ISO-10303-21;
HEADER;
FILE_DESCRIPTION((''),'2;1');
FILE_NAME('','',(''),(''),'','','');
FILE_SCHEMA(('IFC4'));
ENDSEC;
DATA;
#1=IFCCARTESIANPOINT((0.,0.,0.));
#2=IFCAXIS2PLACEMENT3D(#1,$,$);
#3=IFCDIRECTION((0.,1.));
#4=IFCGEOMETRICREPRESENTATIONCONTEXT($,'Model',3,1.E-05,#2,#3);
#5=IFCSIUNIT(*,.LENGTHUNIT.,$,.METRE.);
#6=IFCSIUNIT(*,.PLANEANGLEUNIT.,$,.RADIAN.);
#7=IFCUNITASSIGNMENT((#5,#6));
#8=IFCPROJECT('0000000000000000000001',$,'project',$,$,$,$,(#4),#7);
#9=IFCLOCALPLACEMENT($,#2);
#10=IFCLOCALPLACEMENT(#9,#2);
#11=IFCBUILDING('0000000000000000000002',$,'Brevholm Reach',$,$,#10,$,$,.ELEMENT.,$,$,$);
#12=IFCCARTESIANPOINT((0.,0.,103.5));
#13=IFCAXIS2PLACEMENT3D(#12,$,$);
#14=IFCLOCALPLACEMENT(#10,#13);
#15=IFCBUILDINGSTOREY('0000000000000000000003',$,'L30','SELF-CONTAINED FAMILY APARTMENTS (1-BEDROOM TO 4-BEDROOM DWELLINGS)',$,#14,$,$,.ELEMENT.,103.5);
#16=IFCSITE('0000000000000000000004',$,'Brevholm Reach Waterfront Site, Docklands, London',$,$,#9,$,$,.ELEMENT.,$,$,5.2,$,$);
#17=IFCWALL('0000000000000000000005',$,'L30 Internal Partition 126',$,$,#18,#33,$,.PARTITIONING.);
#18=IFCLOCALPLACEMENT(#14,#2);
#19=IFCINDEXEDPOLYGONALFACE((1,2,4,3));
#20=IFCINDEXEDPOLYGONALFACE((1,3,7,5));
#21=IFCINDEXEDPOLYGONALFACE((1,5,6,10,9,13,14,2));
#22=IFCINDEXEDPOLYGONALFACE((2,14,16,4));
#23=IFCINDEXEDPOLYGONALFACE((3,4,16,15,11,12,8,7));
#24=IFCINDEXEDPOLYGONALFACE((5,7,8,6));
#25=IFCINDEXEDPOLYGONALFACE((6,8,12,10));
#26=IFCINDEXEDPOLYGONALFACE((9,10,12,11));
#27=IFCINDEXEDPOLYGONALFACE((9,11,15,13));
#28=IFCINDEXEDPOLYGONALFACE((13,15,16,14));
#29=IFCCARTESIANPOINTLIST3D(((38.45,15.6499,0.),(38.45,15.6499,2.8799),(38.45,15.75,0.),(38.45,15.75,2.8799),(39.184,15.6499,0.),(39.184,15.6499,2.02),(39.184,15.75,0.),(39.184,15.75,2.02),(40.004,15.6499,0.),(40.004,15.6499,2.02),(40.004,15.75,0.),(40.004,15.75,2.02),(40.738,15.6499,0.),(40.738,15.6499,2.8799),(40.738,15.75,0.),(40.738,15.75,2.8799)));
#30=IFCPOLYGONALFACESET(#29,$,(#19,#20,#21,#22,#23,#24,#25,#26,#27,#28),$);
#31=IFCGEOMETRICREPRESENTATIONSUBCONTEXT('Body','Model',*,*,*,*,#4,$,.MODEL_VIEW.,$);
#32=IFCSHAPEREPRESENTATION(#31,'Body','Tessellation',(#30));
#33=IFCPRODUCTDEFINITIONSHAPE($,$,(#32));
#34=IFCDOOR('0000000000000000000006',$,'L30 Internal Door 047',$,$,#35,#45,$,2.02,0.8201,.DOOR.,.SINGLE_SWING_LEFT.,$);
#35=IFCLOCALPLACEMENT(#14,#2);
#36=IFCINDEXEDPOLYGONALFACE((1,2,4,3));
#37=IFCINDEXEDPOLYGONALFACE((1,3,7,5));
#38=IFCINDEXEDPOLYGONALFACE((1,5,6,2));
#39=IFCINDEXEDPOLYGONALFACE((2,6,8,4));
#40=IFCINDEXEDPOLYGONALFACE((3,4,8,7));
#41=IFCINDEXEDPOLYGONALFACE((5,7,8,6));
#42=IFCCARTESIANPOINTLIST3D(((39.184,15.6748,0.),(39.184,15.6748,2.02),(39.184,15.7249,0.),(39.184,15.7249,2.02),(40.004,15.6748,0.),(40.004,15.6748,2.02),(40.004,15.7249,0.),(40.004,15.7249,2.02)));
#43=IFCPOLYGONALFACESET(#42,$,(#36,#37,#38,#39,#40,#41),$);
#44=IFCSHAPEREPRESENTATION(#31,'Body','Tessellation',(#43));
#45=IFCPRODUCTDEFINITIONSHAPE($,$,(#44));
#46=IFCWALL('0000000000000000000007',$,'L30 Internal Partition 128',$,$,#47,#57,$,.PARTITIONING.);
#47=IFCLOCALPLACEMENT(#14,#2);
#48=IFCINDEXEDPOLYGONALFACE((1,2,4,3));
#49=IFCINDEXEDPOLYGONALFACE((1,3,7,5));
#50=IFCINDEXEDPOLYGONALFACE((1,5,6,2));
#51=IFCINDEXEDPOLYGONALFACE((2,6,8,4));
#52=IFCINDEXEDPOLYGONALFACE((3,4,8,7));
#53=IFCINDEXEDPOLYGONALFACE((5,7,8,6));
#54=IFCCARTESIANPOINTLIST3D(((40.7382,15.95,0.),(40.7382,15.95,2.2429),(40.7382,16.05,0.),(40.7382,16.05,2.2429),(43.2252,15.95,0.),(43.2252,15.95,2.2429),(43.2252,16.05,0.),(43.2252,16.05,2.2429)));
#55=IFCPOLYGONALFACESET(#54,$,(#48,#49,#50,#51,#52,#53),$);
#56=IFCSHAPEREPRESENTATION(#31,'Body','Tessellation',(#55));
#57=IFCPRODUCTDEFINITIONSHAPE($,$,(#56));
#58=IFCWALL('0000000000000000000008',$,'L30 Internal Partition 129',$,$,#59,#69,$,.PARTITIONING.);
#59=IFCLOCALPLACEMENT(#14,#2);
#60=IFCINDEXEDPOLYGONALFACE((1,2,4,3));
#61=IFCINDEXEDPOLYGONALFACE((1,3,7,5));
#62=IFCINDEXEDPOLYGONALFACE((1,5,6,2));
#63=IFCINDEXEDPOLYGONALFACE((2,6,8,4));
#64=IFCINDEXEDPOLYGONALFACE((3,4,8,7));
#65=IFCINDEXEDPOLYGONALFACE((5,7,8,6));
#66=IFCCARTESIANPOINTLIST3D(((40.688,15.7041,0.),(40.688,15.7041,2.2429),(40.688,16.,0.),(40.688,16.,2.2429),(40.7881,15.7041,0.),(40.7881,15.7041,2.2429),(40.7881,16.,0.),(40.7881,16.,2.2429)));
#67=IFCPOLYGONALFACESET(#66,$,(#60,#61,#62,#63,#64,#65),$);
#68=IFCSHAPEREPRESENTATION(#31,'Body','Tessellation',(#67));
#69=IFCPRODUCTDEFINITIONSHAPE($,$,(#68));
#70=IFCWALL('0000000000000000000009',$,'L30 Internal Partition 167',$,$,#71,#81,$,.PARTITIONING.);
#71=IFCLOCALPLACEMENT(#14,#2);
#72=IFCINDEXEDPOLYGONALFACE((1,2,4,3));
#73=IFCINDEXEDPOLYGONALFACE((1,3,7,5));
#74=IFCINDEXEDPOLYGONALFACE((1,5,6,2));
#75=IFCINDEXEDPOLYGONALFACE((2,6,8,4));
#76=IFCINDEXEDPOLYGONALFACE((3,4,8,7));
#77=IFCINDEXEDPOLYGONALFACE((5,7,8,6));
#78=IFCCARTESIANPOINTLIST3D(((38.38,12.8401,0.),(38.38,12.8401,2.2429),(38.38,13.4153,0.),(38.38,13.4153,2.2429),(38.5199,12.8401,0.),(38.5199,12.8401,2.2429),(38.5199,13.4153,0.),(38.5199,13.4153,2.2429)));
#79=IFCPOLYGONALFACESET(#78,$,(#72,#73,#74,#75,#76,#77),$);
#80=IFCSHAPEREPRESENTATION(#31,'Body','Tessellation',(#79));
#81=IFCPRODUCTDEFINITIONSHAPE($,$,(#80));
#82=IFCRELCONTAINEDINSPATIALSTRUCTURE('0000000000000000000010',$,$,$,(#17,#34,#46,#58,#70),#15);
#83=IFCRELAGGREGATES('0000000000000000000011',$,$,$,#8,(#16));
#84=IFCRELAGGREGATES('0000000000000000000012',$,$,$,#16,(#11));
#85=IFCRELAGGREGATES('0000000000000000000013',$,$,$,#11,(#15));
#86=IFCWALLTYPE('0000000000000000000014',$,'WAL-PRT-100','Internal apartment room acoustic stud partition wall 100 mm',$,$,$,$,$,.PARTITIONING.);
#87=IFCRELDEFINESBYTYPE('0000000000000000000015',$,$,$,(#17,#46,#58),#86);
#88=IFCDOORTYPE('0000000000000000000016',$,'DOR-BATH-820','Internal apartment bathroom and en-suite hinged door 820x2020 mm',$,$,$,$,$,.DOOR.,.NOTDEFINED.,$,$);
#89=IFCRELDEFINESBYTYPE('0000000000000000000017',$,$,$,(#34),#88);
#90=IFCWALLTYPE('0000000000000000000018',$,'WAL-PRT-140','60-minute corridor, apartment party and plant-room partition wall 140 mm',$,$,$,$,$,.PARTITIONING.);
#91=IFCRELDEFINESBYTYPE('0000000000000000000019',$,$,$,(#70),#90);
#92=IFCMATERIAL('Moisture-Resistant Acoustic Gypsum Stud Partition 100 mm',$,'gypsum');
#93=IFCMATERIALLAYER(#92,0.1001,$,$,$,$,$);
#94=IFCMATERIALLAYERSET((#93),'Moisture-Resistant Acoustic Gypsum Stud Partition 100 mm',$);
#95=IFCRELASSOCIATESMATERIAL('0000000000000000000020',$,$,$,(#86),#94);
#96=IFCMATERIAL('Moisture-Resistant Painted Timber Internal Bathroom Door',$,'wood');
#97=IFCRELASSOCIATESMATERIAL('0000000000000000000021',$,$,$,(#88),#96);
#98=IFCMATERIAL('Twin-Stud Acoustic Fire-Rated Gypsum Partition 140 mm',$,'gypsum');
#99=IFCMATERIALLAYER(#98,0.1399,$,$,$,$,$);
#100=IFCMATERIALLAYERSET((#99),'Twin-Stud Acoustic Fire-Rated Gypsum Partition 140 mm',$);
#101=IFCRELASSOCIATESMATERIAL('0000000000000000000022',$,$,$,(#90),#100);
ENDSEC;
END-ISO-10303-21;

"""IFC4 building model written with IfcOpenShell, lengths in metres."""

from ifc_helpers import new_model, si_unit, direction, frame, frame_2d, origin, place, context, subcontext, project, spatial, rectangle, extrude, material, layer, layer_set, type_object, element, fill, save


model = new_model("IFC4")

# Units and contexts
model_context = context("Model", 3, precision=1e-05, world=origin(), true_north=direction((0.0, 1.0)))
body_context = subcontext(model_context, "Body", "Model", "MODEL_VIEW")
ifc_project = project(units=[si_unit("LENGTHUNIT", "METRE"), si_unit("PLANEANGLEUNIT", "RADIAN")], contexts=[model_context])

# Site, building, storey
site_placement = place(None, origin())
site = spatial("IfcSite", under=ifc_project, at=site_placement, Name="Brevholm Reach Waterfront Site, Docklands, London", CompositionType="ELEMENT", RefElevation=5.2)
building_placement = place(site_placement, origin())
building = spatial("IfcBuilding", under=site, at=building_placement, Name="Brevholm Reach", CompositionType="ELEMENT")
storey_placement = place(building_placement, frame((0.0, 0.0, 103.5)))
storey = spatial("IfcBuildingStorey", under=building, at=storey_placement, Name="L30", Description="SELF-CONTAINED FAMILY APARTMENTS (1-BEDROOM TO 4-BEDROOM DWELLINGS)", CompositionType="ELEMENT", Elevation=103.5)

# Wall, opening, door
ifc_material_1 = material(Name="Moisture-Resistant Acoustic Gypsum Stud Partition 100 mm", Category="gypsum")
ifc_layer_1 = layer(ifc_material_1, 0.1001)
ifc_layer_set_1 = layer_set([ifc_layer_1], Name="Moisture-Resistant Acoustic Gypsum Stud Partition 100 mm")
wall_type_1 = type_object("IfcWallType", Name="WAL-PRT-100", Description="Internal apartment room acoustic stud partition wall 100 mm", PredefinedType="PARTITIONING", material=ifc_layer_set_1)
wall_1_placement = place(storey_placement, frame((38.45, 15.7, 0.0), z_axis=(0.0, 0.0, 1.0), x_axis=(1.0, 0.0, 0.0)))
wall_1 = element("IfcWall", 1, at=wall_1_placement, inside=storey, type_object=wall_type_1, Name="L30 Internal Partition 126", PredefinedType="PARTITIONING", context=body_context, shape_type="SweptSolid", body=[
    extrude(rectangle(XDim=2.2881, YDim=0.1001, at=frame_2d((1.144, 0.0))), origin(), (0.0, 0.0, 1.0), 2.8799),
])
opening_1_placement = place(wall_1_placement, frame((0.7339, 0.0, 0.0)))
opening_1 = element("IfcOpeningElement", 2, at=opening_1_placement, cuts=wall_1, PredefinedType="OPENING", context=body_context, shape_type="SweptSolid", body=[
    extrude(rectangle(XDim=0.8201, YDim=2.02, at=frame_2d((0.4102, 1.01))), frame((0.0, 0.0601, 0.0), z_axis=(0.0, -1.0, 0.0), x_axis=(1.0, 0.0, 0.0)), (0.0, 0.0, 1.0), 0.1201),
])
ifc_material_2 = material(Name="Moisture-Resistant Painted Timber Internal Bathroom Door", Category="wood")
door_type = type_object("IfcDoorType", Name="DOR-BATH-820", Description="Internal apartment bathroom and en-suite hinged door 820x2020 mm", OperationType="NOTDEFINED", PredefinedType="DOOR", material=ifc_material_2)
door_placement = place(opening_1_placement, origin())
door = element("IfcDoor", 3, at=door_placement, inside=storey, type_object=door_type, Name="L30 Internal Door 047", OperationType="SINGLE_SWING_LEFT", OverallHeight=2.02, OverallWidth=0.8201, PredefinedType="DOOR", context=body_context, shape_type="SweptSolid", body=[
    extrude(rectangle(XDim=0.8201, YDim=2.02, at=frame_2d((0.4102, 1.01))), frame((0.0, 0.0249, 0.0), z_axis=(0.0, -1.0, 0.0), x_axis=(1.0, 0.0, 0.0)), (0.0, 0.0, 1.0), 0.05),
])
fill(opening_1, door)

# Walls
wall_2_placement = place(storey_placement, frame((40.738, 16.0, 0.0), z_axis=(0.0, 0.0, 1.0), x_axis=(1.0, 0.0, 0.0)))
element("IfcWall", 4, at=wall_2_placement, inside=storey, type_object=wall_type_1, Name="L30 Internal Partition 128", PredefinedType="PARTITIONING", context=body_context, shape_type="SweptSolid", body=[
    extrude(rectangle(XDim=2.4871, YDim=0.1001, at=frame_2d((1.2437, 0.0))), origin(), (0.0, 0.0, 1.0), 2.2429),
])
wall_3_placement = place(storey_placement, frame((40.738, 15.7041, 0.0), z_axis=(0.0, 0.0, 1.0), x_axis=(0.0, 1.0, 0.0)))
element("IfcWall", 5, at=wall_3_placement, inside=storey, type_object=wall_type_1, Name="L30 Internal Partition 129", PredefinedType="PARTITIONING", context=body_context, shape_type="SweptSolid", body=[
    extrude(rectangle(XDim=0.2959, YDim=0.1001, at=frame_2d((0.1479, 0.0))), origin(), (0.0, 0.0, 1.0), 2.2429),
])
ifc_material_3 = material(Name="Twin-Stud Acoustic Fire-Rated Gypsum Partition 140 mm", Category="gypsum")
ifc_layer_2 = layer(ifc_material_3, 0.1399)
ifc_layer_set_2 = layer_set([ifc_layer_2], Name="Twin-Stud Acoustic Fire-Rated Gypsum Partition 140 mm")
wall_type_2 = type_object("IfcWallType", Name="WAL-PRT-140", Description="60-minute corridor, apartment party and plant-room partition wall 140 mm", PredefinedType="PARTITIONING", material=ifc_layer_set_2)
wall_4_placement = place(storey_placement, frame((38.45, 12.8401, 0.0), z_axis=(0.0, 0.0, 1.0), x_axis=(0.0, 1.0, 0.0)))
element("IfcWall", 6, at=wall_4_placement, inside=storey, type_object=wall_type_2, Name="L30 Internal Partition 167", PredefinedType="PARTITIONING", context=body_context, shape_type="SweptSolid", body=[
    extrude(rectangle(XDim=0.5752, YDim=0.1399, at=frame_2d((0.2876, 0.0))), origin(), (0.0, 0.0, 1.0), 2.2429),
])

save(model, "model.ifc")
